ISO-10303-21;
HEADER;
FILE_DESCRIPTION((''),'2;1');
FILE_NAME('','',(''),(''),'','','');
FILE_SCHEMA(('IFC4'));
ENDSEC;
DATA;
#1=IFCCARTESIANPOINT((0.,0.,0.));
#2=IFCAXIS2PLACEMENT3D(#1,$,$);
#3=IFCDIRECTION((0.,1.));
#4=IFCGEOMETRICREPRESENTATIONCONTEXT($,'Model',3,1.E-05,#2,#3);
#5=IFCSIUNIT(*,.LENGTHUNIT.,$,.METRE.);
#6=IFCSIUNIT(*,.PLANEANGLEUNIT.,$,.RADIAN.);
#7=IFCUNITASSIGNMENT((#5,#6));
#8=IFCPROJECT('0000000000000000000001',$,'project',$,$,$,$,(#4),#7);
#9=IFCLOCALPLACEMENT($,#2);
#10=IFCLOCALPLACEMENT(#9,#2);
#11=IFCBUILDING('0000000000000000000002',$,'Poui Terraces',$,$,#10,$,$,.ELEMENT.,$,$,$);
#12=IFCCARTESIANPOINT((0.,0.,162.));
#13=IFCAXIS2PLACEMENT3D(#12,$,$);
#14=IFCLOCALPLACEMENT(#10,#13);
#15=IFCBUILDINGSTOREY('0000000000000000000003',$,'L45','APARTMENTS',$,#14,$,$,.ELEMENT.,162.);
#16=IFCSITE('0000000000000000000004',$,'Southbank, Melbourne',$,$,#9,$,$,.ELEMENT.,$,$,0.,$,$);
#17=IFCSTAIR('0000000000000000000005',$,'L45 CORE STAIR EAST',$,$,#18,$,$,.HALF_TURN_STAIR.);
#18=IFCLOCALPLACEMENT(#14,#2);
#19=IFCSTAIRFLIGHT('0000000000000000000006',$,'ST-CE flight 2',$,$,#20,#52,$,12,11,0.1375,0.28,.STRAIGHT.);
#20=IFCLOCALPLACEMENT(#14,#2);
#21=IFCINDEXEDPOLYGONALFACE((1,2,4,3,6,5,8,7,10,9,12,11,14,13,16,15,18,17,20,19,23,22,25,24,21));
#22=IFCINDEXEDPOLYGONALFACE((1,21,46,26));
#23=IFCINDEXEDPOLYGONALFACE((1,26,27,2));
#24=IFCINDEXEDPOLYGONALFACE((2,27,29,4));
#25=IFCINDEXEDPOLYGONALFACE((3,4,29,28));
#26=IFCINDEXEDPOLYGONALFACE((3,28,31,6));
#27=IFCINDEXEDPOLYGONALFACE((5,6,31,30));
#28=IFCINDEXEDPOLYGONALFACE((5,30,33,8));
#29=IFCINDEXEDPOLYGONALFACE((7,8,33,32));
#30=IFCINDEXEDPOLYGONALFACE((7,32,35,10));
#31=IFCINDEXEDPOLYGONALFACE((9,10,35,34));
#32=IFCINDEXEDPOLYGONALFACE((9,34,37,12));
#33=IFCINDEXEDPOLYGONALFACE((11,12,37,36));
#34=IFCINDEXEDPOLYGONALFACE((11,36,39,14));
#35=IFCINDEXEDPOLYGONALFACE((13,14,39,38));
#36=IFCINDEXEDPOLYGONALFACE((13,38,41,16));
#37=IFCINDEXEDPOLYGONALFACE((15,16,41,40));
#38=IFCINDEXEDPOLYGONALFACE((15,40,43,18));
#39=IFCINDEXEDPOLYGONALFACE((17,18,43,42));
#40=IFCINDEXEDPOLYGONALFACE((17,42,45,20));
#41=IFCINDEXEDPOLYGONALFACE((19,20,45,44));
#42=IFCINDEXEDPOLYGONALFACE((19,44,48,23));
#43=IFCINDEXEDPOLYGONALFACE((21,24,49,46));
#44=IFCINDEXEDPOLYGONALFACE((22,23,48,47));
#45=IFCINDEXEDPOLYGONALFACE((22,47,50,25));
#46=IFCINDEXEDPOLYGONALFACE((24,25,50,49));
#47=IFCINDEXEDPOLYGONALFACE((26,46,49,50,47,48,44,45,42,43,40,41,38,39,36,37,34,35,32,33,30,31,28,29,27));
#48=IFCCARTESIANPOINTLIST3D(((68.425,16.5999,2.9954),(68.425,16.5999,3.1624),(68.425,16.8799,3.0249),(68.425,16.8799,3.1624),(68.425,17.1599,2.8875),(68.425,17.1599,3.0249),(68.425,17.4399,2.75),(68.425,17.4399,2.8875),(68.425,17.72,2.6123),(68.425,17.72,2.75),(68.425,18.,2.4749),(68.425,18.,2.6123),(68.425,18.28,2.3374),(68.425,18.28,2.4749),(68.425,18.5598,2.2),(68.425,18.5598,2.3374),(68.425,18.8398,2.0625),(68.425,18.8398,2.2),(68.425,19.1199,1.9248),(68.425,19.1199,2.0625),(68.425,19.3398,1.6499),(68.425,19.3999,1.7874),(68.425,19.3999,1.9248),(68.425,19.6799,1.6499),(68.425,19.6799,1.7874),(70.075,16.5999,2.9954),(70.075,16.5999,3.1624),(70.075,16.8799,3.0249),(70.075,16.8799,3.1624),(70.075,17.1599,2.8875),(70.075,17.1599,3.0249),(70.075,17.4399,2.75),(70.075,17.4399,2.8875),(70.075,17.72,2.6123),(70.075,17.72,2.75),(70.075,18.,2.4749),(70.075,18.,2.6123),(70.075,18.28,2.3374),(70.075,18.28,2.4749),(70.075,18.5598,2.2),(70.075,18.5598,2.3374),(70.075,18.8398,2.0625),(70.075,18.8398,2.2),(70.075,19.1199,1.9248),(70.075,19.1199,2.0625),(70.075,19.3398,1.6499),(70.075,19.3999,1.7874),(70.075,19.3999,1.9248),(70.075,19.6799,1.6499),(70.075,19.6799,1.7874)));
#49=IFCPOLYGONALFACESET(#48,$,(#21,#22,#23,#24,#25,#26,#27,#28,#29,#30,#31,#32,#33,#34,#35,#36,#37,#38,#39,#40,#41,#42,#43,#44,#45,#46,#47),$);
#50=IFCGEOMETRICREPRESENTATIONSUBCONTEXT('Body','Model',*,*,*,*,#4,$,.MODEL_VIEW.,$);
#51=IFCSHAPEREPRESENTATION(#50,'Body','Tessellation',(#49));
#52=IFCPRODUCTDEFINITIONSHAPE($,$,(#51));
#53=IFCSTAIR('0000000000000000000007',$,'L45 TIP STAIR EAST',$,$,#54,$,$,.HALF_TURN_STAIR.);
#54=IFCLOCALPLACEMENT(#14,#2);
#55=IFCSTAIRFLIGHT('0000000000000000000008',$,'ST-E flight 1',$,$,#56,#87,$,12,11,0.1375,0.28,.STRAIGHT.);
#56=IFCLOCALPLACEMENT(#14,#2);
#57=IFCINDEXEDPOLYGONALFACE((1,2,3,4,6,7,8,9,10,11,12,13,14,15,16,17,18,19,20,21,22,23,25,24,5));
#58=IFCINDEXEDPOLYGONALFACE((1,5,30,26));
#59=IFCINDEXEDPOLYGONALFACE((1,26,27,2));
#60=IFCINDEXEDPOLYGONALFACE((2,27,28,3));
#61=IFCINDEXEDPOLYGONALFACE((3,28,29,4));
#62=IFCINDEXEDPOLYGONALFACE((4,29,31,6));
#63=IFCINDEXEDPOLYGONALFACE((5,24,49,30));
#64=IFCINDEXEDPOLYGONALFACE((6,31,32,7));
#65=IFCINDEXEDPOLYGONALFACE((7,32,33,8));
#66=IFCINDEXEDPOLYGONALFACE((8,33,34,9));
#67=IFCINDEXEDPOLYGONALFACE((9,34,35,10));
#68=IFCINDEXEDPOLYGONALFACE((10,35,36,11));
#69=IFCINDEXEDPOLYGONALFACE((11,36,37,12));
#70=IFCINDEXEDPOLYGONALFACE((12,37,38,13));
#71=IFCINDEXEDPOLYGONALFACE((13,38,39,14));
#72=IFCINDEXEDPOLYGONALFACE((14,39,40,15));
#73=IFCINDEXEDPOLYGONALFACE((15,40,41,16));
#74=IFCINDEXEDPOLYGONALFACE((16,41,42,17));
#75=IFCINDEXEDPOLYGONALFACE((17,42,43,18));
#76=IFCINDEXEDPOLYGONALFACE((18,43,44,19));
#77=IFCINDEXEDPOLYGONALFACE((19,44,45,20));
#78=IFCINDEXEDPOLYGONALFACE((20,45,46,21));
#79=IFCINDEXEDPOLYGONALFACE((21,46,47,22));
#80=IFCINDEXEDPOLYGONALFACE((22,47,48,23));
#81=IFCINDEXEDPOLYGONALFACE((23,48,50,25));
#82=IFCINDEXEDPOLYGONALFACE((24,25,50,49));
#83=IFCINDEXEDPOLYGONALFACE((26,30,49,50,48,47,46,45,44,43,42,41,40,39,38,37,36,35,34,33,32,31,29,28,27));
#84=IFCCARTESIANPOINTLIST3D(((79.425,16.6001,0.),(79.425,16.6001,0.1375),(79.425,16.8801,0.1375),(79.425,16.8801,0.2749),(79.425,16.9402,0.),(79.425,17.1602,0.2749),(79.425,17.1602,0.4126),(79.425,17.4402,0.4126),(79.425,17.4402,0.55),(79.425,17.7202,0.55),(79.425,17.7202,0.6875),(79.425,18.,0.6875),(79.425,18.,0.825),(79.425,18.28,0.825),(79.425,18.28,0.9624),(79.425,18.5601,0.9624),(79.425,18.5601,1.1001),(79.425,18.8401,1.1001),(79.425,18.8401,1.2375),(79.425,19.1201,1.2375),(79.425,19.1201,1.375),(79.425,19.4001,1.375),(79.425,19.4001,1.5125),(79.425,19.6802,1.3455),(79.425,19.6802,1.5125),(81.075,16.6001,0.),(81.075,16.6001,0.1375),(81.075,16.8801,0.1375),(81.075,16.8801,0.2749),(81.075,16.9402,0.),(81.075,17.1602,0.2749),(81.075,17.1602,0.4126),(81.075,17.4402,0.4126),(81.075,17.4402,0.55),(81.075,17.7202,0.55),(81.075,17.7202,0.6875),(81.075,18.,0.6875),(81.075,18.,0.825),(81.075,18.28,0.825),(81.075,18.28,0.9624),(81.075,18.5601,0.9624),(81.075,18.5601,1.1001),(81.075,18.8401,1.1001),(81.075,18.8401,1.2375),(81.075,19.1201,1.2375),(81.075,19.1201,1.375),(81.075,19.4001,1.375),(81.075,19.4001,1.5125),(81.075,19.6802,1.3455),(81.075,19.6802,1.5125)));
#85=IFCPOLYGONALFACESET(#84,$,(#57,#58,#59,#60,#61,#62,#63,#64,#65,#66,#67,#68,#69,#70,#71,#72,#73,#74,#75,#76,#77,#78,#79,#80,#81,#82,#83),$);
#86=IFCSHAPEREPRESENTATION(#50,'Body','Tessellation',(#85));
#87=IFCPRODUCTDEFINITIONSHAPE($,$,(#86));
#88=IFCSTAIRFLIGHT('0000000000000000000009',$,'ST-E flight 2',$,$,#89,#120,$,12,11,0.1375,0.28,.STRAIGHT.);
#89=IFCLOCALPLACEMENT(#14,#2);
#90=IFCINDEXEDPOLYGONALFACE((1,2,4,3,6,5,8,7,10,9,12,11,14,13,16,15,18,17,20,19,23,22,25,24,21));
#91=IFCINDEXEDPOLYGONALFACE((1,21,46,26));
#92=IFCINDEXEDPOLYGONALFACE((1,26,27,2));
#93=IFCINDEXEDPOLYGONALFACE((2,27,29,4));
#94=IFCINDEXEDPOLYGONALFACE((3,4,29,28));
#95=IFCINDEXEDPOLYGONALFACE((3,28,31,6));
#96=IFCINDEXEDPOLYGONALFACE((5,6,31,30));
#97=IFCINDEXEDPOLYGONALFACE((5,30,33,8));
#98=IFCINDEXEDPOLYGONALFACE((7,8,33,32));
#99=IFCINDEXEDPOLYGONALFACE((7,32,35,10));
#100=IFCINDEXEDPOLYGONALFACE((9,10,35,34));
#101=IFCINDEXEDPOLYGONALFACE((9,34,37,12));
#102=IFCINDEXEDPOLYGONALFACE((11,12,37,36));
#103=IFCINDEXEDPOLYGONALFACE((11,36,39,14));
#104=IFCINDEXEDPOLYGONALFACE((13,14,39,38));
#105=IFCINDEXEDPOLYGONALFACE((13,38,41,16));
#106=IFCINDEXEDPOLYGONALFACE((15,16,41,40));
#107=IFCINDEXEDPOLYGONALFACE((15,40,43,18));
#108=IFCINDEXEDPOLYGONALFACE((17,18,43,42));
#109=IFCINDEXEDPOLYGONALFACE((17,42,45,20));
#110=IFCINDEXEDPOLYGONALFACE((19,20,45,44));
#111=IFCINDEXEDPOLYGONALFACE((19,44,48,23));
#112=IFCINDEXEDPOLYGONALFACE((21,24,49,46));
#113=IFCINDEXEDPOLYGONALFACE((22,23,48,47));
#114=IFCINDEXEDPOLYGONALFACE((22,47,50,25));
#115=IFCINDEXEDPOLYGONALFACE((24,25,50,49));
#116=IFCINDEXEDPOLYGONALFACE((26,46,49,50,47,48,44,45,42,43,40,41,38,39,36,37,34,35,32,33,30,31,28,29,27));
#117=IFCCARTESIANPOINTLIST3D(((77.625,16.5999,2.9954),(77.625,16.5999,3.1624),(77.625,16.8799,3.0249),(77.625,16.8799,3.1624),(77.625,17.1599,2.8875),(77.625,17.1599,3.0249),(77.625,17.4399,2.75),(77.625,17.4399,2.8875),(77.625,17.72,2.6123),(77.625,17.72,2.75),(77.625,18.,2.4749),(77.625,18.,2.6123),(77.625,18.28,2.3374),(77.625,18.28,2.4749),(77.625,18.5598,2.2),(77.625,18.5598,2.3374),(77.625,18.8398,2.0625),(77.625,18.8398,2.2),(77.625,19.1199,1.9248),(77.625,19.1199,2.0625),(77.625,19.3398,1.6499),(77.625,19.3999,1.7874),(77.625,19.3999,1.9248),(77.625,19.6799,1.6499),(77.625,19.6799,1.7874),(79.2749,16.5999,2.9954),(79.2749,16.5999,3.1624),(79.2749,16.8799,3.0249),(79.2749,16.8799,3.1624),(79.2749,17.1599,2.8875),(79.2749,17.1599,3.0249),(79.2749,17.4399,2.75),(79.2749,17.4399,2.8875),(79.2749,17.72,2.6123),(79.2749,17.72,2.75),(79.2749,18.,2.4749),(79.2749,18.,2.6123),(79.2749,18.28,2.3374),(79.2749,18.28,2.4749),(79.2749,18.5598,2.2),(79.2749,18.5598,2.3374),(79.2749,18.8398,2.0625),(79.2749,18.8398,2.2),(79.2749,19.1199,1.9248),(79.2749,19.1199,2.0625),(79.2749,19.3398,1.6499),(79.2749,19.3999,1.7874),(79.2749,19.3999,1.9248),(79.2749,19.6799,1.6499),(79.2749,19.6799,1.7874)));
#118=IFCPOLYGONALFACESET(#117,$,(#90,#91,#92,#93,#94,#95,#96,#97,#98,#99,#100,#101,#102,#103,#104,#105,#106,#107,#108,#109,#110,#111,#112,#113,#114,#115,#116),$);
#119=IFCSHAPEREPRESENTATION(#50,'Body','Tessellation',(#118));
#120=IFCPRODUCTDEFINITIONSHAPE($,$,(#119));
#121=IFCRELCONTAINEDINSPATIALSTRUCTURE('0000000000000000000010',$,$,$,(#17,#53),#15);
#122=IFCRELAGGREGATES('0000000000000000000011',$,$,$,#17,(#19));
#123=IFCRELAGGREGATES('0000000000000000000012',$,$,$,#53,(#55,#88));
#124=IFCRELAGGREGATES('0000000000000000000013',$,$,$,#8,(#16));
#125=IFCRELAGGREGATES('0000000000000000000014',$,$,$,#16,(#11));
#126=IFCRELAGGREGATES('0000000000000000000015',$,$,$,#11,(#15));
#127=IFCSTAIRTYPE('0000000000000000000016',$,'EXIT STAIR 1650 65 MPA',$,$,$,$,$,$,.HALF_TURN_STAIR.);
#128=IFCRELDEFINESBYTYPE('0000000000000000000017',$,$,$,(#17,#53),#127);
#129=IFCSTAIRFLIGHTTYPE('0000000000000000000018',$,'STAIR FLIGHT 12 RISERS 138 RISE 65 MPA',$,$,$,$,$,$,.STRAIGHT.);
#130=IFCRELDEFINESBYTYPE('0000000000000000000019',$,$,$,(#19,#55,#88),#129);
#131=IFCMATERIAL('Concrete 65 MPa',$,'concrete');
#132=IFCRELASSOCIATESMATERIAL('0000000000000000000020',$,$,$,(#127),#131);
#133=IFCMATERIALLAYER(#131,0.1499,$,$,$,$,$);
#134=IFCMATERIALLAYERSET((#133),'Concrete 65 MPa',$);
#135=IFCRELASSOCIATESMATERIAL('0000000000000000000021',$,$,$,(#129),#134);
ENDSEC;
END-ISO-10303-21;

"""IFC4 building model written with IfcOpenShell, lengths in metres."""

from ifc_helpers import new_model, si_unit, direction, frame, origin, place, context, subcontext, project, spatial, polyline, outline, extrude, material, layer, layer_set, type_object, element, aggregate, save


model = new_model("IFC4")

# Units and contexts
model_context = context("Model", 3, precision=1e-05, world=origin(), true_north=direction((0.0, 1.0)))
body_context = subcontext(model_context, "Body", "Model", "MODEL_VIEW")
ifc_project = project(units=[si_unit("LENGTHUNIT", "METRE"), si_unit("PLANEANGLEUNIT", "RADIAN")], contexts=[model_context])

# Site, building, storey
site_placement = place(None, origin())
site = spatial("IfcSite", under=ifc_project, at=site_placement, Name="Southbank, Melbourne", CompositionType="ELEMENT", RefElevation=0.0)
building_placement = place(site_placement, origin())
building = spatial("IfcBuilding", under=site, at=building_placement, Name="Poui Terraces", CompositionType="ELEMENT")
storey_placement = place(building_placement, frame((0.0, 0.0, 162.0)))
storey = spatial("IfcBuildingStorey", under=building, at=storey_placement, Name="L45", Description="APARTMENTS", CompositionType="ELEMENT", Elevation=162.0)

# Shared definitions
ifc_material_1 = material(Name="Concrete 65 MPa", Category="concrete")

# Stairs, stair flights
stair_type = type_object("IfcStairType", Name="EXIT STAIR 1650 65 MPA", PredefinedType="HALF_TURN_STAIR", material=ifc_material_1)
stair_1_placement = place(storey_placement, origin())
stair_1 = element("IfcStair", 1, at=stair_1_placement, inside=storey, type_object=stair_type, Name="L45 CORE STAIR EAST", PredefinedType="HALF_TURN_STAIR")
ifc_layer_1 = layer(ifc_material_1, 0.1499)
ifc_layer_set_1 = layer_set([ifc_layer_1], Name="Concrete 65 MPa")
stair_flight_type = type_object("IfcStairFlightType", Name="STAIR FLIGHT 12 RISERS 138 RISE 65 MPA", PredefinedType="STRAIGHT", material=ifc_layer_set_1)
stair_flight_1_placement = place(storey_placement, frame((69.25, 19.6799, 1.6499), z_axis=(0.0, 0.0, 1.0), x_axis=(0.0, -1.0, 0.0)))
stair_flight_1 = element("IfcStairFlight", 2, at=stair_flight_1_placement, type_object=stair_flight_type, Name="ST-CE flight 2", NumberOfRisers=12, NumberOfTreads=11, PredefinedType="STRAIGHT", RiserHeight=0.1375, TreadLength=0.28, context=body_context, shape_type="SweptSolid", body=[
    extrude(outline(polyline([(0.0, 0.0), (0.0, 0.1375), (0.28, 0.1375), (0.28, 0.2749), (0.5601, 0.2749), (0.5601, 0.4126), (0.8401, 0.4126), (0.8401, 0.55), (1.1201, 0.55), (1.1201, 0.6875), (1.3999, 0.6875), (1.3999, 0.825), (1.6799, 0.825), (1.6799, 0.9624), (1.96, 0.9624), (1.96, 1.1001), (2.24, 1.1001), (2.24, 1.2375), (2.52, 1.2375), (2.52, 1.375), (2.8, 1.375), (2.8, 1.5125), (3.0801, 1.5125), (3.0801, 1.6499), (3.0801, 1.3455), (0.3401, 0.0), (0.0, 0.0)])), frame((0.0, 0.825, 0.0), z_axis=(0.0, -1.0, 0.0), x_axis=(1.0, 0.0, 0.0)), (0.0, 0.0, 1.0), 1.6499),
])
aggregate(stair_1, [stair_flight_1])
stair_2_placement = place(storey_placement, origin())
stair_2 = element("IfcStair", 3, at=stair_2_placement, inside=storey, type_object=stair_type, Name="L45 TIP STAIR EAST", PredefinedType="HALF_TURN_STAIR")
stair_flight_2_placement = place(storey_placement, frame((80.25, 16.6001, 0.0), z_axis=(0.0, 0.0, 1.0), x_axis=(0.0, 1.0, 0.0)))
stair_flight_2 = element("IfcStairFlight", 4, at=stair_flight_2_placement, type_object=stair_flight_type, Name="ST-E flight 1", NumberOfRisers=12, NumberOfTreads=11, PredefinedType="STRAIGHT", RiserHeight=0.1375, TreadLength=0.28, context=body_context, shape_type="SweptSolid", body=[
    extrude(outline(polyline([(0.0, 0.0), (0.0, 0.1375), (0.28, 0.1375), (0.28, 0.2749), (0.5601, 0.2749), (0.5601, 0.4126), (0.8401, 0.4126), (0.8401, 0.55), (1.1201, 0.55), (1.1201, 0.6875), (1.3999, 0.6875), (1.3999, 0.825), (1.6799, 0.825), (1.6799, 0.9624), (1.96, 0.9624), (1.96, 1.1001), (2.24, 1.1001), (2.24, 1.2375), (2.52, 1.2375), (2.52, 1.375), (2.8, 1.375), (2.8, 1.5125), (3.0801, 1.5125), (3.0801, 1.6499), (3.0801, 1.3455), (0.3401, 0.0), (0.0, 0.0)])), frame((0.0, 0.825, 0.0), z_axis=(0.0, -1.0, 0.0), x_axis=(1.0, 0.0, 0.0)), (0.0, 0.0, 1.0), 1.6499),
])
stair_flight_3_placement = place(storey_placement, frame((78.45, 19.6799, 1.6499), z_axis=(0.0, 0.0, 1.0), x_axis=(0.0, -1.0, 0.0)))
stair_flight_3 = element("IfcStairFlight", 5, at=stair_flight_3_placement, type_object=stair_flight_type, Name="ST-E flight 2", NumberOfRisers=12, NumberOfTreads=11, PredefinedType="STRAIGHT", RiserHeight=0.1375, TreadLength=0.28, context=body_context, shape_type="SweptSolid", body=[
    extrude(outline(polyline([(0.0, 0.0), (0.0, 0.1375), (0.28, 0.1375), (0.28, 0.2749), (0.5601, 0.2749), (0.5601, 0.4126), (0.8401, 0.4126), (0.8401, 0.55), (1.1201, 0.55), (1.1201, 0.6875), (1.3999, 0.6875), (1.3999, 0.825), (1.6799, 0.825), (1.6799, 0.9624), (1.96, 0.9624), (1.96, 1.1001), (2.24, 1.1001), (2.24, 1.2375), (2.52, 1.2375), (2.52, 1.375), (2.8, 1.375), (2.8, 1.5125), (3.0801, 1.5125), (3.0801, 1.6499), (3.0801, 1.3455), (0.3401, 0.0), (0.0, 0.0)])), frame((0.0, 0.825, 0.0), z_axis=(0.0, -1.0, 0.0), x_axis=(1.0, 0.0, 0.0)), (0.0, 0.0, 1.0), 1.6499),
])
aggregate(stair_2, [stair_flight_2, stair_flight_3])

save(model, "model.ifc")
